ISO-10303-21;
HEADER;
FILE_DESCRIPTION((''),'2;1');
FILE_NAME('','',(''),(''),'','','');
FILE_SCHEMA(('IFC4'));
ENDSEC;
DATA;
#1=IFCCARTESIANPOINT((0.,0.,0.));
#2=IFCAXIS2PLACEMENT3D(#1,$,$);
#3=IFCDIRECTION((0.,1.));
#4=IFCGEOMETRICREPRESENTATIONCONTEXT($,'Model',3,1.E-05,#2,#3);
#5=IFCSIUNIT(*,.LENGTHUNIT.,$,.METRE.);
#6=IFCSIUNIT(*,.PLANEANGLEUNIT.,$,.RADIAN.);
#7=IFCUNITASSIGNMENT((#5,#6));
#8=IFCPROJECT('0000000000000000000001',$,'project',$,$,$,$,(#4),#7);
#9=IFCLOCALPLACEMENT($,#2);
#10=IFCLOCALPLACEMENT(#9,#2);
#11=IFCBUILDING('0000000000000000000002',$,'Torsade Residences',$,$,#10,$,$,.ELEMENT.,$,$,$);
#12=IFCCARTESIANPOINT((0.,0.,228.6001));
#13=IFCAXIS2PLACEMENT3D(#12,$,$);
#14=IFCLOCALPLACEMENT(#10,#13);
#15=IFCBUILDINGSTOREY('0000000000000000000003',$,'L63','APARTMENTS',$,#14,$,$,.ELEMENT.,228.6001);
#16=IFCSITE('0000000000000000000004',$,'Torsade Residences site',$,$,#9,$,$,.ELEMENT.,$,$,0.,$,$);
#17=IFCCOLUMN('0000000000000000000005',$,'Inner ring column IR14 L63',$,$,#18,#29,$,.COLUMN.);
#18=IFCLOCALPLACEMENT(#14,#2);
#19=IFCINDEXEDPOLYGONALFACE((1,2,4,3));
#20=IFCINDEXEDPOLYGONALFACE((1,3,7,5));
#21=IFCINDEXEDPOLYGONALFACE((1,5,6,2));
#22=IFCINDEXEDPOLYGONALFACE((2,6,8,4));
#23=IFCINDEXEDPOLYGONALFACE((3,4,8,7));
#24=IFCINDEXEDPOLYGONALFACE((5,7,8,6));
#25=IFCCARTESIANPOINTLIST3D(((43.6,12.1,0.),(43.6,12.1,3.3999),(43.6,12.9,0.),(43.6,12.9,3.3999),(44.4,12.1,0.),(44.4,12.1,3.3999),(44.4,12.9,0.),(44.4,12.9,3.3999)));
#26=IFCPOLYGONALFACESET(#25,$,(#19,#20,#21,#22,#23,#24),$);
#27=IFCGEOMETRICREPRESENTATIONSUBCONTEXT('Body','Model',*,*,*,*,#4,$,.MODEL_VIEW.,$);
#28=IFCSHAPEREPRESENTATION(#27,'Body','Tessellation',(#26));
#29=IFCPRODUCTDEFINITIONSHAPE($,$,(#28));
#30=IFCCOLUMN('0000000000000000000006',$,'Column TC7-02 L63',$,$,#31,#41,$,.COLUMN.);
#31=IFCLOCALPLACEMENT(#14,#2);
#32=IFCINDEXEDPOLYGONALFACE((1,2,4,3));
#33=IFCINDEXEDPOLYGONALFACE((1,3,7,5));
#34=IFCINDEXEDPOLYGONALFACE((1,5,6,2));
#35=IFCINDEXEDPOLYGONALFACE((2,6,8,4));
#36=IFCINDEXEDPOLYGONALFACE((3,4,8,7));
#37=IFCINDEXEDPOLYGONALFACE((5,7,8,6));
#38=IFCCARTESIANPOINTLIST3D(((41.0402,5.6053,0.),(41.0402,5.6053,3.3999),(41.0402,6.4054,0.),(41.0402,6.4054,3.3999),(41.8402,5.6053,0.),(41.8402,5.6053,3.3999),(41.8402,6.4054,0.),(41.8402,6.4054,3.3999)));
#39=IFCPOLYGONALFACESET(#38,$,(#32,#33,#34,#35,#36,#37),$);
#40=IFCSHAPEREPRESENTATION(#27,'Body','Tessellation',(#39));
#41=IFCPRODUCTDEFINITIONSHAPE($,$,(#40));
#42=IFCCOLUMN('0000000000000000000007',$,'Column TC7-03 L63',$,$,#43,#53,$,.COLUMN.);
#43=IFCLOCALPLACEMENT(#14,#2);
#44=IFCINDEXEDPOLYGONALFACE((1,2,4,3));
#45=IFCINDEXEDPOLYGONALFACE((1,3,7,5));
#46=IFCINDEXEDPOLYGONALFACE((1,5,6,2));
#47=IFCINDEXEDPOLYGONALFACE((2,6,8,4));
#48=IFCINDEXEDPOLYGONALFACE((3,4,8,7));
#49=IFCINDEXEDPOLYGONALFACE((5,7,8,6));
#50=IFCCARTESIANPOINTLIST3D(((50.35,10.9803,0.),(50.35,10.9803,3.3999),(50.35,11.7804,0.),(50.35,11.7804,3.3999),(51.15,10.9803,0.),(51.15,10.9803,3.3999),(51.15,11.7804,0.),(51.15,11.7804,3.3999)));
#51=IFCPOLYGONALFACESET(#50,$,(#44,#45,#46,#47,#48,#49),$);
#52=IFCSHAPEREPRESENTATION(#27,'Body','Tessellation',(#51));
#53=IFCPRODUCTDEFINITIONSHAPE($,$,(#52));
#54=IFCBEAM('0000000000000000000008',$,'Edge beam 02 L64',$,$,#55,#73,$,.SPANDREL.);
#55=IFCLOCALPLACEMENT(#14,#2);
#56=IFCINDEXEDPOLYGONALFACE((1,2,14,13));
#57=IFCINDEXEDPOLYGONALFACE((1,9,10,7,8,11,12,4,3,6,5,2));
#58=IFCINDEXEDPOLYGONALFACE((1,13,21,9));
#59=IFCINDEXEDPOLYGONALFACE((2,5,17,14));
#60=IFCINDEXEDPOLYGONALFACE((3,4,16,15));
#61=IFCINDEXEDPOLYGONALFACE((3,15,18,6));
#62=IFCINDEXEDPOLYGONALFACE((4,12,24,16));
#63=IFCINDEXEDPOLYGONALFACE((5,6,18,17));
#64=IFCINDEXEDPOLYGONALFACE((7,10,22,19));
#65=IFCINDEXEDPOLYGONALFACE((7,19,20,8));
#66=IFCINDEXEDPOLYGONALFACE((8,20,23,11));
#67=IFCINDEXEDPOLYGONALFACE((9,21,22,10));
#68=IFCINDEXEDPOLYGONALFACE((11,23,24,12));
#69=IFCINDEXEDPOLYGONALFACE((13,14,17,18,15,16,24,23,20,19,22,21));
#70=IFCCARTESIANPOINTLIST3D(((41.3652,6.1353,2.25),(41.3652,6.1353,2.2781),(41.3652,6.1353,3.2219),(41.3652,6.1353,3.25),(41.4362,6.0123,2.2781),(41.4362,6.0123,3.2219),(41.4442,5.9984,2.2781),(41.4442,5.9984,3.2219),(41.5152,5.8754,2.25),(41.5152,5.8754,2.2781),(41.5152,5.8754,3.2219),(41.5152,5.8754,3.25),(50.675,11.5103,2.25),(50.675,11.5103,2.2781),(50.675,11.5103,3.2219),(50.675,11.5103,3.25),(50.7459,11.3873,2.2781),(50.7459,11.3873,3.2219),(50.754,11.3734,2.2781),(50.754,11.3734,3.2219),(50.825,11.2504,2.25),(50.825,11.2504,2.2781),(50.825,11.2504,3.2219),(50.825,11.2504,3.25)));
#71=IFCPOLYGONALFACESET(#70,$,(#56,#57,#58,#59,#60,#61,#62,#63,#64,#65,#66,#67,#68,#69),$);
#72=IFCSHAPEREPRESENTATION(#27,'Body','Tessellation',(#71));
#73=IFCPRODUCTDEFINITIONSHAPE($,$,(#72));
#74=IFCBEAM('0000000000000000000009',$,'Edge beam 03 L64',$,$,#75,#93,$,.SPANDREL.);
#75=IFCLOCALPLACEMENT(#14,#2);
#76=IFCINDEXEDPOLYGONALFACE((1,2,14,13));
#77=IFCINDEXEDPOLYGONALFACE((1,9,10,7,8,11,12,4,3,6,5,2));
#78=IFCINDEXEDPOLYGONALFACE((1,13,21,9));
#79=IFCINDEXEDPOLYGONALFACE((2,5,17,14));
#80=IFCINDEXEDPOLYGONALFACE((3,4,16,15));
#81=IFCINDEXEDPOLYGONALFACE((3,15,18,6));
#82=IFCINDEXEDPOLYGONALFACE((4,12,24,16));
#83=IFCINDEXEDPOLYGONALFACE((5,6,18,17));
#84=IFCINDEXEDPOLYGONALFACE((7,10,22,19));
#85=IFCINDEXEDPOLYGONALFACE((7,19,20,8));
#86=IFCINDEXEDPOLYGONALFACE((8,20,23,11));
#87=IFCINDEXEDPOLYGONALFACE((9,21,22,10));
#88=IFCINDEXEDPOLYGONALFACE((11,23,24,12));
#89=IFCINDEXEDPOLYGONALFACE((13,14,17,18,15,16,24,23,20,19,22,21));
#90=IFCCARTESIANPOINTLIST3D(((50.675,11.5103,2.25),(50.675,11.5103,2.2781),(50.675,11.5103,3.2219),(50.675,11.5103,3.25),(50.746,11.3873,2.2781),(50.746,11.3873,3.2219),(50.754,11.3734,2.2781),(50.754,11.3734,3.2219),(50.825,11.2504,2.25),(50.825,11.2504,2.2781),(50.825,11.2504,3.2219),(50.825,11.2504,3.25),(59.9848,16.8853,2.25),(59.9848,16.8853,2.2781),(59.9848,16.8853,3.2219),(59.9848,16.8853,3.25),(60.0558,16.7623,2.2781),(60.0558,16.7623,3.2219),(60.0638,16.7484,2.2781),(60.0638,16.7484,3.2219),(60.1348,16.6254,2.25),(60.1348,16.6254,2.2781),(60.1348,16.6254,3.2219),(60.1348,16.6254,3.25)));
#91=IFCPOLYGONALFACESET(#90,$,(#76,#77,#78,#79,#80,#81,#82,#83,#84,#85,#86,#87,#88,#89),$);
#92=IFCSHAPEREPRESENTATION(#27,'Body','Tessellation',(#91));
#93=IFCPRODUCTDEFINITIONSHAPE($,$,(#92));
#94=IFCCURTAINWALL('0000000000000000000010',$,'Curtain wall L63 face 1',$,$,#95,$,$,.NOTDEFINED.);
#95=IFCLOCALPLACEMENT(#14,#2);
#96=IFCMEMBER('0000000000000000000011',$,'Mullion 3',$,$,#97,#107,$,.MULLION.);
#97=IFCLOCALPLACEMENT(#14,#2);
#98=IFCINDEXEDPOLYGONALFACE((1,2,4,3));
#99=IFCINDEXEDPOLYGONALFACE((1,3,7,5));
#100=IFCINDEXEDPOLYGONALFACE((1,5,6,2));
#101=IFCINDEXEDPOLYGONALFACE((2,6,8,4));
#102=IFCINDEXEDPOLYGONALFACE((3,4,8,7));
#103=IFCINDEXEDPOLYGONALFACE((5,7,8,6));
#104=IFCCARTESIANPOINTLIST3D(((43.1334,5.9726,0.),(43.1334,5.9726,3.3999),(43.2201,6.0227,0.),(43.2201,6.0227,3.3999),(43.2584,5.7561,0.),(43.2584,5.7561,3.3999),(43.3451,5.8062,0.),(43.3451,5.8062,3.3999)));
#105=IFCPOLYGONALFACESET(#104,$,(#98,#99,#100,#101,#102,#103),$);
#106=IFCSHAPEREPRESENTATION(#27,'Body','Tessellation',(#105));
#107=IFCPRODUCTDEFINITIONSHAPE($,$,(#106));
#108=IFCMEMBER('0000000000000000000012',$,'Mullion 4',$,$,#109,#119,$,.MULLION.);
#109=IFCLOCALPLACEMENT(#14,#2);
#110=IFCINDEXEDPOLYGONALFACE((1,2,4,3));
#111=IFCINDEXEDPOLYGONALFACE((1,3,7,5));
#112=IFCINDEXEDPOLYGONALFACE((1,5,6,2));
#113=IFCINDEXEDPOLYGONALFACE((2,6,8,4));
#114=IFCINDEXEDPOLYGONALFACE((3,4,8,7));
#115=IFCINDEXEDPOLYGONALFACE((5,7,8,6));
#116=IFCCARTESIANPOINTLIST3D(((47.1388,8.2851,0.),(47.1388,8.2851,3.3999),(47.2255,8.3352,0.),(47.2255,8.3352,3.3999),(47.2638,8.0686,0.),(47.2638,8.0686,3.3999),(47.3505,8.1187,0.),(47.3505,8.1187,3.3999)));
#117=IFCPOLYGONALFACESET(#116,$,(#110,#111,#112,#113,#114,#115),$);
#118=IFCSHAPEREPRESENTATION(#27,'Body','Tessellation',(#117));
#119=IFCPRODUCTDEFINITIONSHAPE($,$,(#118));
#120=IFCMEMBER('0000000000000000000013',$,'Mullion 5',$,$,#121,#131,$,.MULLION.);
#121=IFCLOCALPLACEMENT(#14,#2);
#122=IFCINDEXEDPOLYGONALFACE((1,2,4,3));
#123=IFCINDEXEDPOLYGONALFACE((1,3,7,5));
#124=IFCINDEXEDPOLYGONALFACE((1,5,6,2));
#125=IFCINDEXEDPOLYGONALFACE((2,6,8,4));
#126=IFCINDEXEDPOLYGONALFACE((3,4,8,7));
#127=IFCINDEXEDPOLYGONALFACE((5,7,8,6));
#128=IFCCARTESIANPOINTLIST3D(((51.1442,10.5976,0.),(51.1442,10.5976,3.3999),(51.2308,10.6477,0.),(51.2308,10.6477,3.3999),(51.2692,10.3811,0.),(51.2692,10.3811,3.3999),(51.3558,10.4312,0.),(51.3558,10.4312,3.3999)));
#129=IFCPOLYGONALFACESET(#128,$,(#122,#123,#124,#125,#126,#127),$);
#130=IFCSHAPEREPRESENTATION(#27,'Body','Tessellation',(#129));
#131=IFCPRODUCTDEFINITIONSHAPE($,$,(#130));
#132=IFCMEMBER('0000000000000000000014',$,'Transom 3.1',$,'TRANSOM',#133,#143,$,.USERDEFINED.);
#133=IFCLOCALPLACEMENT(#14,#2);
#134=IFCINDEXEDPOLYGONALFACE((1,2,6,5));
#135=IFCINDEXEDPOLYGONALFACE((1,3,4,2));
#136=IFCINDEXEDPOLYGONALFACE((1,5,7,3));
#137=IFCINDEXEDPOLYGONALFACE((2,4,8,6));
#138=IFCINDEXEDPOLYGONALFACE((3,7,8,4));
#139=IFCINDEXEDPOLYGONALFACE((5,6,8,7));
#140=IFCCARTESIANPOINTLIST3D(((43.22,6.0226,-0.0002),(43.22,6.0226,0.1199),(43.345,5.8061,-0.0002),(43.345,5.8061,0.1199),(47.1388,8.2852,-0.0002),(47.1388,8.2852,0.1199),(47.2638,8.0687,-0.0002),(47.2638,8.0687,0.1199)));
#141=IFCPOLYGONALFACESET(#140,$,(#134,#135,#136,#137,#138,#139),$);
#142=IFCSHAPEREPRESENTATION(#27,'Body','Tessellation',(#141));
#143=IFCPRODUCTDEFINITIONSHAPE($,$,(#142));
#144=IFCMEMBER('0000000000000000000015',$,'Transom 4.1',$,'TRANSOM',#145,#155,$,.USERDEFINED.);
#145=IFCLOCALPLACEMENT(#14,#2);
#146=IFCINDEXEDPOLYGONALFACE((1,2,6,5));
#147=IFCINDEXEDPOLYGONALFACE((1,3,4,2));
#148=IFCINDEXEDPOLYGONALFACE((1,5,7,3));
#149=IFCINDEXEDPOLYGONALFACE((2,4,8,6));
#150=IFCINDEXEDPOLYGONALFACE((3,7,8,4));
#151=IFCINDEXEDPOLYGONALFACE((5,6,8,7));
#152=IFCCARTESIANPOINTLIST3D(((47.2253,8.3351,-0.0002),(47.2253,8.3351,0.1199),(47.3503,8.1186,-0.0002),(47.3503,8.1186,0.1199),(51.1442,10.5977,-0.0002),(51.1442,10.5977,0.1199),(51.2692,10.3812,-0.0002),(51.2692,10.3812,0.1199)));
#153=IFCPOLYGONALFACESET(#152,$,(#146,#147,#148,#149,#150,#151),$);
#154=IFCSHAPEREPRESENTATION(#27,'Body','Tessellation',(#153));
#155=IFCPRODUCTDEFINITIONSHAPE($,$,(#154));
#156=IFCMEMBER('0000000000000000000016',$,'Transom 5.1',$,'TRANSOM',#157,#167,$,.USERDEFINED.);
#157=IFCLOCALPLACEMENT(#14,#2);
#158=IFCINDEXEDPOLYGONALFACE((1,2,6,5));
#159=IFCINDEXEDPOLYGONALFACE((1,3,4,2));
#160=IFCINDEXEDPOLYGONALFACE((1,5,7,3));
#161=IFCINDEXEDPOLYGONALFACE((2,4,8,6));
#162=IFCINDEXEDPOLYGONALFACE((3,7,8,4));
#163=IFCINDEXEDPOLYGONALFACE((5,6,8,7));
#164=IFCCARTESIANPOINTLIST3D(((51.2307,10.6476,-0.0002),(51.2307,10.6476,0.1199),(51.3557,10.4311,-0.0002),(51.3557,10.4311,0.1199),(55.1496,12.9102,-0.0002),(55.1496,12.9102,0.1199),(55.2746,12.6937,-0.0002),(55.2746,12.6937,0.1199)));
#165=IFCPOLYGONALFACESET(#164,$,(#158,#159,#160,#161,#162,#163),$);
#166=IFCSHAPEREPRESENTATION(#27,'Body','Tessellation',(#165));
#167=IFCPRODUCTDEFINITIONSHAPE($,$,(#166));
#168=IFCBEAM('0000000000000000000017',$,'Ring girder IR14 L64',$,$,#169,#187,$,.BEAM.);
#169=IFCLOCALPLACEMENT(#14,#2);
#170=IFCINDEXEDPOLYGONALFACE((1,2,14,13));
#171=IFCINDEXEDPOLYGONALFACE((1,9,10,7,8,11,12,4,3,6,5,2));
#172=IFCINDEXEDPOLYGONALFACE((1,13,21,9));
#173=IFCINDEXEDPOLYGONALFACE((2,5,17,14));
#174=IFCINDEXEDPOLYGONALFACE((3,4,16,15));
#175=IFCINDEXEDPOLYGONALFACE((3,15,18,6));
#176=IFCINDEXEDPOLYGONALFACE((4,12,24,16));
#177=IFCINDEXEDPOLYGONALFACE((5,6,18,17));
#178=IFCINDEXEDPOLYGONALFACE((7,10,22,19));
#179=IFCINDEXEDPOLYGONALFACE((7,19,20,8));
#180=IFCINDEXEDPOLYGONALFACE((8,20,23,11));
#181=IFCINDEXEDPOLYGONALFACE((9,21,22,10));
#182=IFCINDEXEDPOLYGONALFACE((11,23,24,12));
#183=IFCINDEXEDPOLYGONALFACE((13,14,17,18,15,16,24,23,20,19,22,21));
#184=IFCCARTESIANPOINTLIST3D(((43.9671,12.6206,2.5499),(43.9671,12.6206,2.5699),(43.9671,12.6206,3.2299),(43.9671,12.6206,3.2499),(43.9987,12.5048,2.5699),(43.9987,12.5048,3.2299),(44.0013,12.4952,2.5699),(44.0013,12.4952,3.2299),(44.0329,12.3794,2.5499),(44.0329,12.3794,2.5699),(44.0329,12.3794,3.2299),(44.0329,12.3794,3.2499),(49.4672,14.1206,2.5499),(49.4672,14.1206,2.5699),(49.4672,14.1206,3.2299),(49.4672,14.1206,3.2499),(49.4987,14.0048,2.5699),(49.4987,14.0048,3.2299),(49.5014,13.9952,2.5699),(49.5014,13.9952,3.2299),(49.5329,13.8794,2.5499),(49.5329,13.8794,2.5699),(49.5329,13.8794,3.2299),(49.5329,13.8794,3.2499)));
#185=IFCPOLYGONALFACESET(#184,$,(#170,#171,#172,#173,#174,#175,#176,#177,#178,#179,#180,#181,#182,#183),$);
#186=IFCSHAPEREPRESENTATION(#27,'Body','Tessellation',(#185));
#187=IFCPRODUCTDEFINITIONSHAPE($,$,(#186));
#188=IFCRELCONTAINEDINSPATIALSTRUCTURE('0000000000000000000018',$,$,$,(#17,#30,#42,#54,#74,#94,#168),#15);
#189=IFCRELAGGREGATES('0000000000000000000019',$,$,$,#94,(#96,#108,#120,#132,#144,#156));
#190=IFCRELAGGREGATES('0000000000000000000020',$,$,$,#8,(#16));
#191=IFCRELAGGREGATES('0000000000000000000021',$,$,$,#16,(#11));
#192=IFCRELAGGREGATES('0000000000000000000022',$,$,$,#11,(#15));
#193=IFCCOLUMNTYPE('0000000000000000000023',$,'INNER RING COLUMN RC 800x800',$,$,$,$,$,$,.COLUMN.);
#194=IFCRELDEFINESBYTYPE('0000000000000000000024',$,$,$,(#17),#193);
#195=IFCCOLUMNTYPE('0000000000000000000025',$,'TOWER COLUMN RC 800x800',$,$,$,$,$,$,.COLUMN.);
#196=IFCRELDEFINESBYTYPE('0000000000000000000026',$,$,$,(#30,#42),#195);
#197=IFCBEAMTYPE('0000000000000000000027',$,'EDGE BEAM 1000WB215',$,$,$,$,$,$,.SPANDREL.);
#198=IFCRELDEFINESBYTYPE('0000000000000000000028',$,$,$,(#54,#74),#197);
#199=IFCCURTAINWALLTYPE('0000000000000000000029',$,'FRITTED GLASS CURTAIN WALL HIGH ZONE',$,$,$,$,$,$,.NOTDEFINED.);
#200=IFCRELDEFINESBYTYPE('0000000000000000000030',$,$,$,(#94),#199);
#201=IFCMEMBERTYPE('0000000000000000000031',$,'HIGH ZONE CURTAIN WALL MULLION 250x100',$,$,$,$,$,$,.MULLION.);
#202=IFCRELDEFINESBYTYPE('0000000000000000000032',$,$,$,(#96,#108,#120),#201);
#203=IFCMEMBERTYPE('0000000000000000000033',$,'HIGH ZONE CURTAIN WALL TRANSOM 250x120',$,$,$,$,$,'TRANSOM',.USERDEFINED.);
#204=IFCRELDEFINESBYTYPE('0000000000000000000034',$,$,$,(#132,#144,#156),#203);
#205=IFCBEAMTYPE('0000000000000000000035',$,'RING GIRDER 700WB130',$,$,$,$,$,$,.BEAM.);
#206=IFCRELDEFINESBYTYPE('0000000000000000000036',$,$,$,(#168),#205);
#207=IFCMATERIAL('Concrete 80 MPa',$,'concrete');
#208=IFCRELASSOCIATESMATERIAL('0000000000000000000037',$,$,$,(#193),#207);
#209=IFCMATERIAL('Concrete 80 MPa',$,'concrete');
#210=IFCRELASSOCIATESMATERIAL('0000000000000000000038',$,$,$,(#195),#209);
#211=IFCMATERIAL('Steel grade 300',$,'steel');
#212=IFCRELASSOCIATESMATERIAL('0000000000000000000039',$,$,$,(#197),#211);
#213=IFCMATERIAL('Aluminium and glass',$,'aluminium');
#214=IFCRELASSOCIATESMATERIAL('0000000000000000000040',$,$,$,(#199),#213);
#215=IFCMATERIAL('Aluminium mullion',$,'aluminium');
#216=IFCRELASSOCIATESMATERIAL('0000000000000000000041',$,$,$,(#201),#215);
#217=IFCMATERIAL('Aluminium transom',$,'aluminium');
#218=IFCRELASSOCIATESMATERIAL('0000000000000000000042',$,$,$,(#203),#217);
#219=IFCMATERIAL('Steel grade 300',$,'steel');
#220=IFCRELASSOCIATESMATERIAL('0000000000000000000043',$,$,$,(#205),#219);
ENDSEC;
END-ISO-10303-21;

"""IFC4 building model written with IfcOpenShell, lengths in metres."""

from ifc_helpers import new_model, si_unit, direction, frame, origin, origin_2d, place, context, subcontext, project, spatial, rectangle, i_section, extrude, material, material_profile, profile_set, type_object, element, aggregate, save


model = new_model("IFC4")

# Units and contexts
model_context = context("Model", 3, precision=1e-05, world=origin(), true_north=direction((0.0, 1.0)))
body_context = subcontext(model_context, "Body", "Model", "MODEL_VIEW")
ifc_project = project(units=[si_unit("LENGTHUNIT", "METRE"), si_unit("PLANEANGLEUNIT", "RADIAN")], contexts=[model_context])

# Site, building, storey
site_placement = place(None, origin())
site = spatial("IfcSite", under=ifc_project, at=site_placement, Name="Torsade Residences site", CompositionType="ELEMENT", RefElevation=0.0)
building_placement = place(site_placement, origin())
building = spatial("IfcBuilding", under=site, at=building_placement, Name="Torsade Residences", CompositionType="ELEMENT")
storey_placement = place(building_placement, frame((0.0, 0.0, 228.6001)))
storey = spatial("IfcBuildingStorey", under=building, at=storey_placement, Name="L63", Description="APARTMENTS", CompositionType="ELEMENT", Elevation=228.6001)

# Columns
ifc_material_1 = material(Name="Concrete 80 MPa", Category="concrete")
ifc_material_profile_1 = material_profile(ifc_material_1, rectangle(XDim=0.8, YDim=0.8, at=origin_2d()), Name="RC 800x800")
ifc_profile_set_1 = profile_set([ifc_material_profile_1], Name="Concrete 80 MPa")
column_type_1 = type_object("IfcColumnType", Name="INNER RING COLUMN RC 800x800", PredefinedType="COLUMN", material=ifc_profile_set_1)
column_placement = place(storey_placement, frame((44.0, 12.5, 0.0), z_axis=(0.0, 0.0, 1.0), x_axis=(1.0, 0.0, 0.0)))
element("IfcColumn", 1, at=column_placement, inside=storey, type_object=column_type_1, Name="Inner ring column IR14 L63", PredefinedType="COLUMN", context=body_context, shape_type="SweptSolid", body=[
    extrude(rectangle(XDim=0.8, YDim=0.8, at=origin_2d()), origin(), (0.0, 0.0, 1.0), 3.3999),
])
ifc_material_2 = material(Name="Concrete 80 MPa", Category="concrete")
ifc_material_profile_2 = material_profile(ifc_material_2, rectangle(XDim=0.8, YDim=0.8, at=origin_2d()), Name="RC 800x800")
ifc_profile_set_2 = profile_set([ifc_material_profile_2], Name="Concrete 80 MPa")
column_type_2 = type_object("IfcColumnType", Name="TOWER COLUMN RC 800x800", PredefinedType="COLUMN", material=ifc_profile_set_2)
for number, where, z_axis, x_axis, name in (
    (2, (41.4402, 6.0054, 0.0), (0.0, 0.0, 1.0), (1.0, 0.0, 0.0), "Column TC7-02 L63"),
    (3, (50.75, 11.3804, 0.0), (0.0, 0.0, 1.0), (1.0, 0.0, 0.0), "Column TC7-03 L63"),
):
    element("IfcColumn", number, at=place(storey_placement, frame(where, z_axis=z_axis, x_axis=x_axis)), inside=storey, type_object=column_type_2, Name=name, PredefinedType="COLUMN", context=body_context, shape_type="SweptSolid", body=[
        extrude(rectangle(XDim=0.8, YDim=0.8, at=origin_2d()), origin(), (0.0, 0.0, 1.0), 3.3999),
    ])

# Beams
ifc_material_3 = material(Name="Steel grade 300", Category="steel")
ifc_material_profile_3 = material_profile(ifc_material_3, i_section(OverallWidth=0.3, OverallDepth=1.0, WebThickness=0.0161, FlangeThickness=0.0281, at=origin_2d()), Name="1000WB215")
ifc_profile_set_3 = profile_set([ifc_material_profile_3], Name="Steel grade 300")
beam_type_1 = type_object("IfcBeamType", Name="EDGE BEAM 1000WB215", PredefinedType="SPANDREL", material=ifc_profile_set_3)
for number, where, z_axis, x_axis, name in (
    (4, (41.4402, 6.0054, 2.75), (0.866026, 0.499998, 0.0), (-0.499998, 0.866026, 0.0), "Edge beam 02 L64"),
    (5, (50.75, 11.3804, 2.75), (0.866026, 0.499998, 0.0), (-0.499998, 0.866026, 0.0), "Edge beam 03 L64"),
):
    element("IfcBeam", number, at=place(storey_placement, frame(where, z_axis=z_axis, x_axis=x_axis)), inside=storey, type_object=beam_type_1, Name=name, PredefinedType="SPANDREL", context=body_context, shape_type="SweptSolid", body=[
        extrude(i_section(OverallWidth=0.3, OverallDepth=1.0, WebThickness=0.0161, FlangeThickness=0.0281, at=origin_2d()), origin(), (0.0, 0.0, 1.0), 10.75),
    ])

# Curtain wall, members
ifc_material_4 = material(Name="Aluminium and glass", Category="aluminium")
curtain_wall_type = type_object("IfcCurtainWallType", Name="FRITTED GLASS CURTAIN WALL HIGH ZONE", PredefinedType="NOTDEFINED", material=ifc_material_4)
curtain_wall_placement = place(storey_placement, origin())
curtain_wall = element("IfcCurtainWall", 6, at=curtain_wall_placement, inside=storey, type_object=curtain_wall_type, Name="Curtain wall L63 face 1", PredefinedType="NOTDEFINED")
ifc_material_5 = material(Name="Aluminium mullion", Category="aluminium")
ifc_material_profile_4 = material_profile(ifc_material_5, rectangle(XDim=0.25, YDim=0.1001, at=origin_2d()), Name="HIGH ZONE CURTAIN WALL MULLION 250x100")
ifc_profile_set_4 = profile_set([ifc_material_profile_4], Name="Aluminium mullion")
member_type_1 = type_object("IfcMemberType", Name="HIGH ZONE CURTAIN WALL MULLION 250x100", PredefinedType="MULLION", material=ifc_profile_set_4)
member_1_placement = place(storey_placement, frame((43.2393, 5.8894, 0.0), z_axis=(0.0, 0.0, 1.0), x_axis=(-0.5, 0.866025, 0.0)))
member_1 = element("IfcMember", 7, at=member_1_placement, type_object=member_type_1, Name="Mullion 3", PredefinedType="MULLION", context=body_context, shape_type="SweptSolid", body=[
    extrude(rectangle(XDim=0.25, YDim=0.1001, at=origin_2d()), origin(), (0.0, 0.0, 1.0), 3.3999),
])
member_2_placement = place(storey_placement, frame((47.2446, 8.2019, 0.0), z_axis=(0.0, 0.0, 1.0), x_axis=(-0.5, 0.866025, 0.0)))
member_2 = element("IfcMember", 8, at=member_2_placement, type_object=member_type_1, Name="Mullion 4", PredefinedType="MULLION", context=body_context, shape_type="SweptSolid", body=[
    extrude(rectangle(XDim=0.25, YDim=0.1001, at=origin_2d()), origin(), (0.0, 0.0, 1.0), 3.3999),
])
member_3_placement = place(storey_placement, frame((51.25, 10.5144, 0.0), z_axis=(0.0, 0.0, 1.0), x_axis=(-0.5, 0.866025, 0.0)))
member_3 = element("IfcMember", 9, at=member_3_placement, type_object=member_type_1, Name="Mullion 5", PredefinedType="MULLION", context=body_context, shape_type="SweptSolid", body=[
    extrude(rectangle(XDim=0.25, YDim=0.1001, at=origin_2d()), origin(), (0.0, 0.0, 1.0), 3.3999),
])
ifc_material_6 = material(Name="Aluminium transom", Category="aluminium")
ifc_material_profile_5 = material_profile(ifc_material_6, rectangle(XDim=0.25, YDim=0.1201, at=origin_2d()), Name="HIGH ZONE CURTAIN WALL TRANSOM 250x120")
ifc_profile_set_5 = profile_set([ifc_material_profile_5], Name="Aluminium transom")
member_type_2 = type_object("IfcMemberType", Name="HIGH ZONE CURTAIN WALL TRANSOM 250x120", ElementType="TRANSOM", PredefinedType="USERDEFINED", material=ifc_profile_set_5)
member_4_placement = place(storey_placement, frame((43.2825, 5.9143, 0.0598), z_axis=(0.866017, 0.500015, 0.0), x_axis=(-0.500015, 0.866017, 0.0)))
member_4 = element("IfcMember", 10, at=member_4_placement, type_object=member_type_2, Name="Transom 3.1", ObjectType="TRANSOM", PredefinedType="USERDEFINED", context=body_context, shape_type="SweptSolid", body=[
    extrude(rectangle(XDim=0.25, YDim=0.1201, at=origin_2d()), origin(), (0.0, 0.0, 1.0), 4.5251),
])
member_5_placement = place(storey_placement, frame((47.2878, 8.2268, 0.0598), z_axis=(0.866017, 0.500015, 0.0), x_axis=(-0.500015, 0.866017, 0.0)))
member_5 = element("IfcMember", 11, at=member_5_placement, type_object=member_type_2, Name="Transom 4.1", ObjectType="TRANSOM", PredefinedType="USERDEFINED", context=body_context, shape_type="SweptSolid", body=[
    extrude(rectangle(XDim=0.25, YDim=0.1201, at=origin_2d()), origin(), (0.0, 0.0, 1.0), 4.5251),
])
member_6_placement = place(storey_placement, frame((51.2932, 10.5393, 0.0598), z_axis=(0.866017, 0.500015, 0.0), x_axis=(-0.500015, 0.866017, 0.0)))
member_6 = element("IfcMember", 12, at=member_6_placement, type_object=member_type_2, Name="Transom 5.1", ObjectType="TRANSOM", PredefinedType="USERDEFINED", context=body_context, shape_type="SweptSolid", body=[
    extrude(rectangle(XDim=0.25, YDim=0.1201, at=origin_2d()), origin(), (0.0, 0.0, 1.0), 4.5251),
])

# Beam
ifc_material_7 = material(Name="Steel grade 300", Category="steel")
ifc_material_profile_6 = material_profile(ifc_material_7, i_section(OverallWidth=0.25, OverallDepth=0.7, WebThickness=0.01, FlangeThickness=0.02, at=origin_2d()), Name="700WB130")
ifc_profile_set_6 = profile_set([ifc_material_profile_6], Name="Steel grade 300")
beam_type_2 = type_object("IfcBeamType", Name="RING GIRDER 700WB130", PredefinedType="BEAM", material=ifc_profile_set_6)
beam_1_placement = place(storey_placement, frame((44.0, 12.5, 2.8999), z_axis=(0.964764, 0.263117, 0.0), x_axis=(-0.263117, 0.964764, 0.0)))
element("IfcBeam", 13, at=beam_1_placement, inside=storey, type_object=beam_type_2, Name="Ring girder IR14 L64", PredefinedType="BEAM", context=body_context, shape_type="SweptSolid", body=[
    extrude(i_section(OverallWidth=0.25, OverallDepth=0.7, WebThickness=0.01, FlangeThickness=0.02, at=origin_2d()), origin(), (0.0, 0.0, 1.0), 5.7009),
])

aggregate(curtain_wall, [member_1, member_2, member_3, member_4, member_5, member_6])

save(model, "model.ifc")
